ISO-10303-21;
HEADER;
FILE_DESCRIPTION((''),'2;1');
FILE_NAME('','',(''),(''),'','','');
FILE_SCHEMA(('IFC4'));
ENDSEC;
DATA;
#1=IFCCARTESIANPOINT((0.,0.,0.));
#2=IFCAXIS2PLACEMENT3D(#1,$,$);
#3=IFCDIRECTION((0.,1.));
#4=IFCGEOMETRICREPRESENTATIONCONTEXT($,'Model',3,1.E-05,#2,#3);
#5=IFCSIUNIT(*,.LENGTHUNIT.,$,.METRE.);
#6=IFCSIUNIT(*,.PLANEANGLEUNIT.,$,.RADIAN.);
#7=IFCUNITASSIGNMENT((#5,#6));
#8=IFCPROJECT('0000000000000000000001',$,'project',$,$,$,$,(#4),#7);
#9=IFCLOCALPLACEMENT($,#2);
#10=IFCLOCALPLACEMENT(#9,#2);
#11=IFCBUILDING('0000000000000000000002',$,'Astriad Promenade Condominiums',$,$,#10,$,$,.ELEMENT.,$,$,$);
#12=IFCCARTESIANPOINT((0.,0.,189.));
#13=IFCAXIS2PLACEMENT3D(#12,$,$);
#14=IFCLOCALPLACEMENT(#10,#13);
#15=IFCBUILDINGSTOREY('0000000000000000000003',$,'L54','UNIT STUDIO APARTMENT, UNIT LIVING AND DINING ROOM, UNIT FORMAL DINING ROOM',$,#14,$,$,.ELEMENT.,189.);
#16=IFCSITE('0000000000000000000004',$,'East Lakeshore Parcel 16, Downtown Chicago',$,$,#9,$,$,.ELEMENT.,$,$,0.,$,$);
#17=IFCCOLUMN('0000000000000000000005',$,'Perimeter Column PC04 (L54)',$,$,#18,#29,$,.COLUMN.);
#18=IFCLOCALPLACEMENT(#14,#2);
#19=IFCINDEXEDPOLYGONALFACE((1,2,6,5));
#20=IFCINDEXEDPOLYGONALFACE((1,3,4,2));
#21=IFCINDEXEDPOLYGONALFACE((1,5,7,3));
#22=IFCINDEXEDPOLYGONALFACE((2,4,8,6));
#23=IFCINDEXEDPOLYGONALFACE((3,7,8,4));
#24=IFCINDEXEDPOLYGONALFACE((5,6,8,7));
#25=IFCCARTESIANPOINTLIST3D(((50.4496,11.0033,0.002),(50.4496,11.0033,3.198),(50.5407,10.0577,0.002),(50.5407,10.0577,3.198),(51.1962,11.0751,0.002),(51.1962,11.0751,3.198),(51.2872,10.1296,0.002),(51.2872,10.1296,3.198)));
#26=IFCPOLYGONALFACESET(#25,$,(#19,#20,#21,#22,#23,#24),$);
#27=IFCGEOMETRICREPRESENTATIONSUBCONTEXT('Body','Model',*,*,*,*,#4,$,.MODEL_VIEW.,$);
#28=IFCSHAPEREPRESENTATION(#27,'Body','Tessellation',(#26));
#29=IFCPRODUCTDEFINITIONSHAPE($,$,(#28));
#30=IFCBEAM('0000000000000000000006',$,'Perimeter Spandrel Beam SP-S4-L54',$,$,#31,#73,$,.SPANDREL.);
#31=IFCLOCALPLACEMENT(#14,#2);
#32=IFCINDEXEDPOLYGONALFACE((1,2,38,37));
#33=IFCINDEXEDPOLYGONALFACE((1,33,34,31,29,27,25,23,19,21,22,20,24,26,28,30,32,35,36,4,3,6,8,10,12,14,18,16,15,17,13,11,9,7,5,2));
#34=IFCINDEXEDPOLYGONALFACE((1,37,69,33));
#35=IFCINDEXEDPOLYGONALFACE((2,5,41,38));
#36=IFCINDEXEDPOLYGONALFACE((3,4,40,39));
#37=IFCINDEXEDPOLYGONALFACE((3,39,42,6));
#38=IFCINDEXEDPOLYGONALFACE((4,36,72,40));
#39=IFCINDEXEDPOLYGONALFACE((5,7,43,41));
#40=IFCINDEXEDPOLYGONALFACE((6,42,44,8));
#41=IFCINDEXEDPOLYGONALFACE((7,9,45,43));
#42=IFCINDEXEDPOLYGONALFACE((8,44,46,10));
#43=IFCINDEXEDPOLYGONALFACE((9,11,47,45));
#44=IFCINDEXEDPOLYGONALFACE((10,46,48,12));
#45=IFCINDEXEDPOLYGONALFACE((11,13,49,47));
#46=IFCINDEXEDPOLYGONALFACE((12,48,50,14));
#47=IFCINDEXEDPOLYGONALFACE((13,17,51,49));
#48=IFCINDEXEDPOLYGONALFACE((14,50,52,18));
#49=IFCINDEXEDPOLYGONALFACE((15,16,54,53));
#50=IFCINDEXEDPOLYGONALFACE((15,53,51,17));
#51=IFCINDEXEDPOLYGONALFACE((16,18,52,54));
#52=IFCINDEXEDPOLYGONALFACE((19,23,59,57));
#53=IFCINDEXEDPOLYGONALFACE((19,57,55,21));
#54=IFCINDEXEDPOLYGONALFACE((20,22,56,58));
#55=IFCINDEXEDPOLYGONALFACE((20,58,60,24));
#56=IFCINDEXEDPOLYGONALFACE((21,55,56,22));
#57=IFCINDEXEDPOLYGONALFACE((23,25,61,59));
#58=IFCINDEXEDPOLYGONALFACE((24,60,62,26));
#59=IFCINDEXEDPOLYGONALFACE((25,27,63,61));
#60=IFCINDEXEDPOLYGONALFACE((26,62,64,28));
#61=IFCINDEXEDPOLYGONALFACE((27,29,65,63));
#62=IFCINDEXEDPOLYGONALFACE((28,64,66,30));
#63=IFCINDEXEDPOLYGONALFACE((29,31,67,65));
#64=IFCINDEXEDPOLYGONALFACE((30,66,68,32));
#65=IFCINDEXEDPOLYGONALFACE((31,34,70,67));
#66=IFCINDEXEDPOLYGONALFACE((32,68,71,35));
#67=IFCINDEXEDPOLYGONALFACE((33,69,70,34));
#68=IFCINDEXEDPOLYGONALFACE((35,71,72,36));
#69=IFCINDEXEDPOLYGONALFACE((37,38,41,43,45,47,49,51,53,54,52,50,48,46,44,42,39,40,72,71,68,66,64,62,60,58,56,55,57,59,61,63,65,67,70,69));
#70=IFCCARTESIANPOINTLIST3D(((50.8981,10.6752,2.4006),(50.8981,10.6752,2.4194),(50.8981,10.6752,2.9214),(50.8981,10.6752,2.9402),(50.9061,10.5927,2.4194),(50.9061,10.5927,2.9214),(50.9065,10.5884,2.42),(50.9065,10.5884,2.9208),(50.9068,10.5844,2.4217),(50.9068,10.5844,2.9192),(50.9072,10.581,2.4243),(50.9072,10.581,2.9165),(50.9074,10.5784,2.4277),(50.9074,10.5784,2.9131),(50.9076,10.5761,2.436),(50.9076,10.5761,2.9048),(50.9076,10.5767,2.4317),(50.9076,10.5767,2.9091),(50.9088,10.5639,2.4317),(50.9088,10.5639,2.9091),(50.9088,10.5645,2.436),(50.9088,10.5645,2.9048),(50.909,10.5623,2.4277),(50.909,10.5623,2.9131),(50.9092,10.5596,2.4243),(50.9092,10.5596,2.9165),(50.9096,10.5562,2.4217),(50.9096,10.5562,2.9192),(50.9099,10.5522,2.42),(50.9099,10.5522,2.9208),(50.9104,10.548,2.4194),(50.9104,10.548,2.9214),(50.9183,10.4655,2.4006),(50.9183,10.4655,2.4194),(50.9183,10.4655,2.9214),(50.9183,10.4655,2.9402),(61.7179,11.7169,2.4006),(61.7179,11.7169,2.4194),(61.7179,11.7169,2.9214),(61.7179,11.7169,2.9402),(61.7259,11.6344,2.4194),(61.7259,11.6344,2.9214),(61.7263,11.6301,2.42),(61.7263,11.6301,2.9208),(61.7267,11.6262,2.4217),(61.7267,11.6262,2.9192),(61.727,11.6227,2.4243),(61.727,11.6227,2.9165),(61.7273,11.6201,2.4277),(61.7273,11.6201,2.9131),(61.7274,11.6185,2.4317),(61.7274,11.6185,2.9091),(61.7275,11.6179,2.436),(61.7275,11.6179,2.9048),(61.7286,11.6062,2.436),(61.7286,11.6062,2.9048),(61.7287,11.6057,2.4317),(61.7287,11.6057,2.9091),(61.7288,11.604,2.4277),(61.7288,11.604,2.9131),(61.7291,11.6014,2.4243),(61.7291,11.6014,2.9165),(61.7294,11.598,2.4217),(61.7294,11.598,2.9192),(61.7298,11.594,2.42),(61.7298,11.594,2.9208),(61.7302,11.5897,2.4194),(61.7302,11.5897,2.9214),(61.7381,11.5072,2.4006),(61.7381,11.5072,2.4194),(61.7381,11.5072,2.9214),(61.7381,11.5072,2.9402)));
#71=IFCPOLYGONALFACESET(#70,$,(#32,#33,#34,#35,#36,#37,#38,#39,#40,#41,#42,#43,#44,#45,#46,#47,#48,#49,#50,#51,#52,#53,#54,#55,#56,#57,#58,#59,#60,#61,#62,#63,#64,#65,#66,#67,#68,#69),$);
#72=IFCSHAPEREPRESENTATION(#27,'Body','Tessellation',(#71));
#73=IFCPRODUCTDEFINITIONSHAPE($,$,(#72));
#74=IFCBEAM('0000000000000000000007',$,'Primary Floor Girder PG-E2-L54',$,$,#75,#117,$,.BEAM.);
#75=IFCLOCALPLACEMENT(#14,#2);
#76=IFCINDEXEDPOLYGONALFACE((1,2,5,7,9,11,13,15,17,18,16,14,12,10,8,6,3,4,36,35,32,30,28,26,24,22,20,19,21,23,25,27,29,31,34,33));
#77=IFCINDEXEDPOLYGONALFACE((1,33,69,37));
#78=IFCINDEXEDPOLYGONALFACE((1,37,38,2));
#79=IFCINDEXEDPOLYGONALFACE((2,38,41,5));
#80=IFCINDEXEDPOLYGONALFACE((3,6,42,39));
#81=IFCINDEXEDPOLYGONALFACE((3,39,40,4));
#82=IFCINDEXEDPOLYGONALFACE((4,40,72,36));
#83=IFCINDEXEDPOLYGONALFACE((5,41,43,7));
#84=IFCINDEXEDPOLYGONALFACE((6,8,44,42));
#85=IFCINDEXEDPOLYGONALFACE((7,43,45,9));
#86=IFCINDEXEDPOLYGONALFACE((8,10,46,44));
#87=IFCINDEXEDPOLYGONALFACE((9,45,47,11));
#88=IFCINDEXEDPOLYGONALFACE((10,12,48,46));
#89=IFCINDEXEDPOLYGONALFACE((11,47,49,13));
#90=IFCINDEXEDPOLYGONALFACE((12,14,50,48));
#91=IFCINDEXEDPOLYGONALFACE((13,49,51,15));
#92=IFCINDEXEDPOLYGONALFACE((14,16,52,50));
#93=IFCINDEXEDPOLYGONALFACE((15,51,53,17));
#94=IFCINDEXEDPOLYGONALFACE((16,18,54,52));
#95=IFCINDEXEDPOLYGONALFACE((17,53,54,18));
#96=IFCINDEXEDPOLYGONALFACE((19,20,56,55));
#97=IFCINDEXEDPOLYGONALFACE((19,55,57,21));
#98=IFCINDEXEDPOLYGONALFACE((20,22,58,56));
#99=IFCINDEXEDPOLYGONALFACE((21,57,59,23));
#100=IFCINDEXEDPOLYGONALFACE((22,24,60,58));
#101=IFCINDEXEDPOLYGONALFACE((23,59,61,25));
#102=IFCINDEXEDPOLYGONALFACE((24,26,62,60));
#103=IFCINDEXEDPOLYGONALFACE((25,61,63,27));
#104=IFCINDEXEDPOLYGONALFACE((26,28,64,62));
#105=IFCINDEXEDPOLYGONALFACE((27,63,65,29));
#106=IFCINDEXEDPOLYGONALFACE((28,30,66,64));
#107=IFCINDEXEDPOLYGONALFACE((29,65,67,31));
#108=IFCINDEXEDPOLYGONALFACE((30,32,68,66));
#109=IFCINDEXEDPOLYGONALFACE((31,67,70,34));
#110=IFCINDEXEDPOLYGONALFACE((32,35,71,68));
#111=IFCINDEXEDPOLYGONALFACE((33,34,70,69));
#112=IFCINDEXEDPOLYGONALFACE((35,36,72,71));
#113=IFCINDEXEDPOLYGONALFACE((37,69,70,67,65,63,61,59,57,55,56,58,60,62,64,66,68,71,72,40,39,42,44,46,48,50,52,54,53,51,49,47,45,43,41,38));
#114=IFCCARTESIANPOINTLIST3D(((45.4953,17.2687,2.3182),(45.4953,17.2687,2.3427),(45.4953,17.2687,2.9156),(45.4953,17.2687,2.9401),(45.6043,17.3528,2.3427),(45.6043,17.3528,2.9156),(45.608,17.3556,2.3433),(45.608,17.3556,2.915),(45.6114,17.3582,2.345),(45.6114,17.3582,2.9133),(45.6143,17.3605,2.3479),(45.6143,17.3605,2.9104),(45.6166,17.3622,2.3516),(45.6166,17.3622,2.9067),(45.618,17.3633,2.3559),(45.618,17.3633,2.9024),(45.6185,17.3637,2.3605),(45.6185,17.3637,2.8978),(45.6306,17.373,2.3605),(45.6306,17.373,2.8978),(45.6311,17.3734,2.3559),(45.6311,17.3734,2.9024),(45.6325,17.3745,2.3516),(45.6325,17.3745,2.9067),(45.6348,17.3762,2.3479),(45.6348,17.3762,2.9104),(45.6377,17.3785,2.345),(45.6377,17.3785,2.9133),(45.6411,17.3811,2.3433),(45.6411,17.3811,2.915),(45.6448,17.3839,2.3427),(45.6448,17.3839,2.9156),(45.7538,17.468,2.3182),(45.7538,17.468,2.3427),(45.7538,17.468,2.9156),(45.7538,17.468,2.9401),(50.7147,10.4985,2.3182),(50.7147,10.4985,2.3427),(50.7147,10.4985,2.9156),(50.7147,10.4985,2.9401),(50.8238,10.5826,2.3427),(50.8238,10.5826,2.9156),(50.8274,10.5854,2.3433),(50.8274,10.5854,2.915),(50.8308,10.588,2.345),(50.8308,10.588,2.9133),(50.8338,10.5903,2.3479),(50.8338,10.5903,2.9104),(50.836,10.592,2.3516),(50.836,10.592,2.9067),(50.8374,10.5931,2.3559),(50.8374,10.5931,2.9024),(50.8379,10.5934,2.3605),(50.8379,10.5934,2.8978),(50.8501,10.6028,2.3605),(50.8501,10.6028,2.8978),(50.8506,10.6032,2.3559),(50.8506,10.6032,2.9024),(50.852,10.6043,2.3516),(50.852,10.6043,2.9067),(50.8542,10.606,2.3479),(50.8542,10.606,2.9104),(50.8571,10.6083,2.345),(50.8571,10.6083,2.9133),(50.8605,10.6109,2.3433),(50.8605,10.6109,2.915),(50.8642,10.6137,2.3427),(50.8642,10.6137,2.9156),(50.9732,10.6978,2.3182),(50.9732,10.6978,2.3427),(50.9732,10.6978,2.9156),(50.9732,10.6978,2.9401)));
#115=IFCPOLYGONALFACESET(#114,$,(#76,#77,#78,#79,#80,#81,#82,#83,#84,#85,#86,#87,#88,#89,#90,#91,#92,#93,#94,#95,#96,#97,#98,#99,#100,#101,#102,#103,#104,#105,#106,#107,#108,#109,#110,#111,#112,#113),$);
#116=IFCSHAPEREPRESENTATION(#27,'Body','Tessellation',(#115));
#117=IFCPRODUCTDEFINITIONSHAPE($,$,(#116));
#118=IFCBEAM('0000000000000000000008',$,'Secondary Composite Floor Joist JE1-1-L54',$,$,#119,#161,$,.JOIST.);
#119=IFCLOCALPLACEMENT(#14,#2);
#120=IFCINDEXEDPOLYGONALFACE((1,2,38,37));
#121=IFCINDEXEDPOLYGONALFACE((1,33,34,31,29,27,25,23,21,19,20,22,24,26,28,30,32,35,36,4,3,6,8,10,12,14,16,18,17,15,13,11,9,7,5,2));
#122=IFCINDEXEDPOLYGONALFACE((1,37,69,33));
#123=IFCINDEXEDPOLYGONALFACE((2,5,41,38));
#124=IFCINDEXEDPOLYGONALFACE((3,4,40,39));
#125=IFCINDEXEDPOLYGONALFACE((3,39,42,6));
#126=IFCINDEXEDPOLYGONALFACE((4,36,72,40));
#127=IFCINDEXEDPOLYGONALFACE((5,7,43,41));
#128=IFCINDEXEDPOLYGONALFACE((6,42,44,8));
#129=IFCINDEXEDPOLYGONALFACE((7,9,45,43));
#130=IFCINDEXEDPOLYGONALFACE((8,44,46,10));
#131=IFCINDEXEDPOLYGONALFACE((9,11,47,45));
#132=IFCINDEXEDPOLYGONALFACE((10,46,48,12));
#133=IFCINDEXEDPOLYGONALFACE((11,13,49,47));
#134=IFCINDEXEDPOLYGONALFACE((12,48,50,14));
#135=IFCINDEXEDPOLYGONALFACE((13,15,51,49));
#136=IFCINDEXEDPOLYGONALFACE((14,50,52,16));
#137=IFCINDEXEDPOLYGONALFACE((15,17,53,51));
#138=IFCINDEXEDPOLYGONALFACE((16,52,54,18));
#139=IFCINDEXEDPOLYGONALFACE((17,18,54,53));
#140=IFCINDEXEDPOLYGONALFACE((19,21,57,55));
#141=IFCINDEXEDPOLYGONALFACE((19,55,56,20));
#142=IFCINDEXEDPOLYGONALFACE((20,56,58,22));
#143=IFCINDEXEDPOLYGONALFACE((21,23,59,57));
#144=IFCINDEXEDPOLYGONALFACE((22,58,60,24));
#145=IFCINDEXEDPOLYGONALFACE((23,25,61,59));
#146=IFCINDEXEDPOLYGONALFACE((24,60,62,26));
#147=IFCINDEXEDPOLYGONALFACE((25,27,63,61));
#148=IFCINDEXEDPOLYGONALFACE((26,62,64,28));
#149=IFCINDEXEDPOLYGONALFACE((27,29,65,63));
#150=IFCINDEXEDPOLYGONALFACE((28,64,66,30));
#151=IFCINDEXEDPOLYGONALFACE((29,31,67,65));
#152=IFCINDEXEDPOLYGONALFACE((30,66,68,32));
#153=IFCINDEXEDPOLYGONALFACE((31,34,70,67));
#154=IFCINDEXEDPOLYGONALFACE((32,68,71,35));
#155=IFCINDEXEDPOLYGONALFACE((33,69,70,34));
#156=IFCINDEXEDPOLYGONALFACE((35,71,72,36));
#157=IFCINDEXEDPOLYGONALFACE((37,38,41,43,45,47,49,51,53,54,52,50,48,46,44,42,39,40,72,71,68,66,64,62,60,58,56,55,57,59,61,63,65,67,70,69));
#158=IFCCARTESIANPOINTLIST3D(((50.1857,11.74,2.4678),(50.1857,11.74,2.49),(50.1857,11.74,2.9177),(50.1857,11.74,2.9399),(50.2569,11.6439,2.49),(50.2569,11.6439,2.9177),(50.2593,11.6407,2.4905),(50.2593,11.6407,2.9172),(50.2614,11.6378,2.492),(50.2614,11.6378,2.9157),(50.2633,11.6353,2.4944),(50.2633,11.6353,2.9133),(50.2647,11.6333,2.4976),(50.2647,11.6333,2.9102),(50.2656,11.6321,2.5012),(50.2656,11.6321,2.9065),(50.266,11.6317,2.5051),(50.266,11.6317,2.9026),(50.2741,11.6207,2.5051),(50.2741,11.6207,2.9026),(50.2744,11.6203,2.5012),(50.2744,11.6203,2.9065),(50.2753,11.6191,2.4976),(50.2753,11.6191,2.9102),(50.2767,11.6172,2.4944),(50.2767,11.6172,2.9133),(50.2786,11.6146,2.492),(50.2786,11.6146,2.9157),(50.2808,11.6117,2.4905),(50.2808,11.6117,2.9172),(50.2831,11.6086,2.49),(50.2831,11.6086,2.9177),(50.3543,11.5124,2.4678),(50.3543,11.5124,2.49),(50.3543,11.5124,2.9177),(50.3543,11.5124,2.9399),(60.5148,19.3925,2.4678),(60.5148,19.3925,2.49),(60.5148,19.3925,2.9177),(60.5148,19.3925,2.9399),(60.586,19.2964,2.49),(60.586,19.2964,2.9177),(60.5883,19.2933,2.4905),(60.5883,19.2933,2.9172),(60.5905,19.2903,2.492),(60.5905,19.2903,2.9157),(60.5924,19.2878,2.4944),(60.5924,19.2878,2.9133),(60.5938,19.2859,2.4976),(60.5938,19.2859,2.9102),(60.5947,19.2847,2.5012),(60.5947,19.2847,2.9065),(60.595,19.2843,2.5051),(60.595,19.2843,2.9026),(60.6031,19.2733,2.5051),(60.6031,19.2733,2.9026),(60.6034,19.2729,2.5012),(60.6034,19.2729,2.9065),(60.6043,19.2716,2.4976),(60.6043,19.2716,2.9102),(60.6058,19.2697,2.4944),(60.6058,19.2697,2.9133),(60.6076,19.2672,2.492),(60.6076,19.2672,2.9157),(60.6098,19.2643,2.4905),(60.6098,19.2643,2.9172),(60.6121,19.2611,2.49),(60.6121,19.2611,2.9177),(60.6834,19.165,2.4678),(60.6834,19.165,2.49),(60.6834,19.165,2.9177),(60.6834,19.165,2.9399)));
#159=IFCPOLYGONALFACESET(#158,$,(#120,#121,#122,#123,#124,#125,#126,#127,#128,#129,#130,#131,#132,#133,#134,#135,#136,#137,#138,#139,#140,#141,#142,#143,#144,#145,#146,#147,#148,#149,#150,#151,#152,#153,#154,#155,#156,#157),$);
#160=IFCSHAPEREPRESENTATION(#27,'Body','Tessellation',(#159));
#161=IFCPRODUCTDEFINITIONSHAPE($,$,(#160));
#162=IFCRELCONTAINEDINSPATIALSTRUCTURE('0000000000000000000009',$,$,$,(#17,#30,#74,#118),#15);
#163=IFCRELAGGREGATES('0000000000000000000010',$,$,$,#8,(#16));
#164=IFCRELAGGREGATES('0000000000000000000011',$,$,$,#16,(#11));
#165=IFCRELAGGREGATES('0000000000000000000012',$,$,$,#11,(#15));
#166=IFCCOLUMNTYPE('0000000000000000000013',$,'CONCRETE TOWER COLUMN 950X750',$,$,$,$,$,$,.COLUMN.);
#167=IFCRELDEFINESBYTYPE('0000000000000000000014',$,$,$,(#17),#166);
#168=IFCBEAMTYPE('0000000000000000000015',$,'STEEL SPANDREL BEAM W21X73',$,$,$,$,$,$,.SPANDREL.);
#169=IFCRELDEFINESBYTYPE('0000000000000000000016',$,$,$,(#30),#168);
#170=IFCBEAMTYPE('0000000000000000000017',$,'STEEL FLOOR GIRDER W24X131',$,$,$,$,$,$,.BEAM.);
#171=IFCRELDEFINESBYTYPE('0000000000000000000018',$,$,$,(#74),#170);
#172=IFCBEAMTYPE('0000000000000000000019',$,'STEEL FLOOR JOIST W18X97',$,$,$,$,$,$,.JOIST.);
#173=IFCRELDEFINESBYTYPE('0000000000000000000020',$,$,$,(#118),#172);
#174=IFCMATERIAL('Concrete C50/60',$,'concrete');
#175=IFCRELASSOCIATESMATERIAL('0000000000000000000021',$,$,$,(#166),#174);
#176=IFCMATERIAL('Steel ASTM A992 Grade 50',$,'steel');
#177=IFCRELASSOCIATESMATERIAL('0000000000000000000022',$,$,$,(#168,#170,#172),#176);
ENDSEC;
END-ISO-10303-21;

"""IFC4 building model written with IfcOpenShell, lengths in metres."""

from ifc_helpers import new_model, si_unit, direction, frame, origin, origin_2d, place, context, subcontext, project, spatial, rectangle, i_section, extrude, source, transform, mapped, material, material_profile, profile_set, type_object, type_shapes, element, save


model = new_model("IFC4")

# Units and contexts
model_context = context("Model", 3, precision=1e-05, world=origin(), true_north=direction((0.0, 1.0)))
body_context = subcontext(model_context, "Body", "Model", "MODEL_VIEW")
ifc_project = project(units=[si_unit("LENGTHUNIT", "METRE"), si_unit("PLANEANGLEUNIT", "RADIAN")], contexts=[model_context])

# Site, building, storey
site_placement = place(None, origin())
site = spatial("IfcSite", under=ifc_project, at=site_placement, Name="East Lakeshore Parcel 16, Downtown Chicago", CompositionType="ELEMENT", RefElevation=0.0)
building_placement = place(site_placement, origin())
building = spatial("IfcBuilding", under=site, at=building_placement, Name="Astriad Promenade Condominiums", CompositionType="ELEMENT")
storey_placement = place(building_placement, frame((0.0, 0.0, 189.0)))
storey = spatial("IfcBuildingStorey", under=building, at=storey_placement, Name="L54", Description="UNIT STUDIO APARTMENT, UNIT LIVING AND DINING ROOM, UNIT FORMAL DINING ROOM", CompositionType="ELEMENT", Elevation=189.0)

# Column
ifc_material_1 = material(Name="Concrete C50/60", Category="concrete")
ifc_material_profile_1 = material_profile(ifc_material_1, rectangle(XDim=0.75, YDim=0.95, at=origin_2d()), Name="RC-COL-950X750")
ifc_profile_set_1 = profile_set([ifc_material_profile_1], Name="Concrete C50/60")
column_type = type_object("IfcColumnType", Name="CONCRETE TOWER COLUMN 950X750", PredefinedType="COLUMN", material=ifc_profile_set_1)
shared_shape_1 = source(origin(), body_context, "Body", "SweptSolid", [
    extrude(rectangle(XDim=0.75, YDim=0.95, at=origin_2d()), origin(), (0.0, 0.0, 1.0), 3.196),
])
type_shapes(column_type, [shared_shape_1])
column_placement = place(storey_placement, frame((50.8684, 10.5664, 0.002), z_axis=(0.0, 0.0, 1.0), x_axis=(0.995396, 0.095846, 0.0)))
element("IfcColumn", 1, at=column_placement, inside=storey, type_object=column_type, Name="Perimeter Column PC04 (L54)", PredefinedType="COLUMN", context=body_context, shape_type="MappedRepresentation", body=[
    mapped(shared_shape_1, transform((0.0, 0.0, 0.0), scale=1.0)),
])

# Beams
ifc_material_2 = material(Name="Steel ASTM A992 Grade 50", Category="steel")
ifc_material_profile_2 = material_profile(ifc_material_2, i_section(OverallWidth=0.2107, OverallDepth=0.5396, WebThickness=0.0117, FlangeThickness=0.0188, FilletRadius=0.0166, at=origin_2d()), Name="W21X73")
ifc_profile_set_2 = profile_set([ifc_material_profile_2], Name="Steel ASTM A992 Grade 50")
beam_type_1 = type_object("IfcBeamType", Name="STEEL SPANDREL BEAM W21X73", PredefinedType="SPANDREL", material=ifc_profile_set_2)
shared_shape_2 = source(origin(), body_context, "Body", "SweptSolid", [
    extrude(i_section(OverallWidth=0.2107, OverallDepth=0.5396, WebThickness=0.0117, FlangeThickness=0.0188, FilletRadius=0.0166, at=origin_2d()), origin(), (0.0, 0.0, 1.0), 10.8699),
])
type_shapes(beam_type_1, [shared_shape_2])
beam_1_placement = place(storey_placement, frame((50.9082, 10.5703, 2.6704), z_axis=(0.995397, 0.095838, 0.0), x_axis=(-0.095838, 0.995397, 0.0)))
element("IfcBeam", 2, at=beam_1_placement, inside=storey, type_object=beam_type_1, Name="Perimeter Spandrel Beam SP-S4-L54", PredefinedType="SPANDREL", context=body_context, shape_type="MappedRepresentation", body=[
    mapped(shared_shape_2, transform((0.0, 0.0, 0.0), scale=1.0)),
])
ifc_material_profile_3 = material_profile(ifc_material_2, i_section(OverallWidth=0.3264, OverallDepth=0.6218, WebThickness=0.0154, FlangeThickness=0.0244, FilletRadius=0.0178, at=origin_2d()), Name="W24X131")
ifc_profile_set_3 = profile_set([ifc_material_profile_3], Name="Steel ASTM A992 Grade 50")
beam_type_2 = type_object("IfcBeamType", Name="STEEL FLOOR GIRDER W24X131", PredefinedType="BEAM", material=ifc_profile_set_3)
shared_shape_3 = source(origin(), body_context, "Body", "SweptSolid", [
    extrude(i_section(OverallWidth=0.3264, OverallDepth=0.6218, WebThickness=0.0154, FlangeThickness=0.0244, FilletRadius=0.0178, at=origin_2d()), origin(), (0.0, 0.0, 1.0), 8.5486),
])
type_shapes(beam_type_2, [shared_shape_3])
beam_2_placement = place(storey_placement, frame((50.844, 10.5981, 2.6292), z_axis=(-0.610562, 0.791968, 0.0), x_axis=(-0.791968, -0.610562, 0.0)))
element("IfcBeam", 3, at=beam_2_placement, inside=storey, type_object=beam_type_2, Name="Primary Floor Girder PG-E2-L54", PredefinedType="BEAM", context=body_context, shape_type="MappedRepresentation", body=[
    mapped(shared_shape_3, transform((0.0, 0.0, 0.0), scale=1.0)),
])
ifc_material_profile_4 = material_profile(ifc_material_2, i_section(OverallWidth=0.2832, OverallDepth=0.4722, WebThickness=0.0137, FlangeThickness=0.0222, FilletRadius=0.0151, at=origin_2d()), Name="W18X97")
ifc_profile_set_4 = profile_set([ifc_material_profile_4], Name="Steel ASTM A992 Grade 50")
beam_type_3 = type_object("IfcBeamType", Name="STEEL FLOOR JOIST W18X97", PredefinedType="JOIST", material=ifc_profile_set_4)
shared_shape_4 = source(origin(), body_context, "Body", "SweptSolid", [
    extrude(i_section(OverallWidth=0.2832, OverallDepth=0.4722, WebThickness=0.0137, FlangeThickness=0.0222, FilletRadius=0.0151, at=origin_2d()), origin(), (0.0, 0.0, 1.0), 12.855),
])
beam_3_placement = place(storey_placement, frame((50.27, 11.6262, 2.7039), z_axis=(0.803505, 0.595298, 0.0), x_axis=(-0.595298, 0.803505, 0.0)))
element("IfcBeam", 4, at=beam_3_placement, inside=storey, type_object=beam_type_3, Name="Secondary Composite Floor Joist JE1-1-L54", PredefinedType="JOIST", context=body_context, shape_type="MappedRepresentation", body=[
    mapped(shared_shape_4, transform((0.0, 0.0, 0.0), scale=1.0)),
])

save(model, "model.ifc")
